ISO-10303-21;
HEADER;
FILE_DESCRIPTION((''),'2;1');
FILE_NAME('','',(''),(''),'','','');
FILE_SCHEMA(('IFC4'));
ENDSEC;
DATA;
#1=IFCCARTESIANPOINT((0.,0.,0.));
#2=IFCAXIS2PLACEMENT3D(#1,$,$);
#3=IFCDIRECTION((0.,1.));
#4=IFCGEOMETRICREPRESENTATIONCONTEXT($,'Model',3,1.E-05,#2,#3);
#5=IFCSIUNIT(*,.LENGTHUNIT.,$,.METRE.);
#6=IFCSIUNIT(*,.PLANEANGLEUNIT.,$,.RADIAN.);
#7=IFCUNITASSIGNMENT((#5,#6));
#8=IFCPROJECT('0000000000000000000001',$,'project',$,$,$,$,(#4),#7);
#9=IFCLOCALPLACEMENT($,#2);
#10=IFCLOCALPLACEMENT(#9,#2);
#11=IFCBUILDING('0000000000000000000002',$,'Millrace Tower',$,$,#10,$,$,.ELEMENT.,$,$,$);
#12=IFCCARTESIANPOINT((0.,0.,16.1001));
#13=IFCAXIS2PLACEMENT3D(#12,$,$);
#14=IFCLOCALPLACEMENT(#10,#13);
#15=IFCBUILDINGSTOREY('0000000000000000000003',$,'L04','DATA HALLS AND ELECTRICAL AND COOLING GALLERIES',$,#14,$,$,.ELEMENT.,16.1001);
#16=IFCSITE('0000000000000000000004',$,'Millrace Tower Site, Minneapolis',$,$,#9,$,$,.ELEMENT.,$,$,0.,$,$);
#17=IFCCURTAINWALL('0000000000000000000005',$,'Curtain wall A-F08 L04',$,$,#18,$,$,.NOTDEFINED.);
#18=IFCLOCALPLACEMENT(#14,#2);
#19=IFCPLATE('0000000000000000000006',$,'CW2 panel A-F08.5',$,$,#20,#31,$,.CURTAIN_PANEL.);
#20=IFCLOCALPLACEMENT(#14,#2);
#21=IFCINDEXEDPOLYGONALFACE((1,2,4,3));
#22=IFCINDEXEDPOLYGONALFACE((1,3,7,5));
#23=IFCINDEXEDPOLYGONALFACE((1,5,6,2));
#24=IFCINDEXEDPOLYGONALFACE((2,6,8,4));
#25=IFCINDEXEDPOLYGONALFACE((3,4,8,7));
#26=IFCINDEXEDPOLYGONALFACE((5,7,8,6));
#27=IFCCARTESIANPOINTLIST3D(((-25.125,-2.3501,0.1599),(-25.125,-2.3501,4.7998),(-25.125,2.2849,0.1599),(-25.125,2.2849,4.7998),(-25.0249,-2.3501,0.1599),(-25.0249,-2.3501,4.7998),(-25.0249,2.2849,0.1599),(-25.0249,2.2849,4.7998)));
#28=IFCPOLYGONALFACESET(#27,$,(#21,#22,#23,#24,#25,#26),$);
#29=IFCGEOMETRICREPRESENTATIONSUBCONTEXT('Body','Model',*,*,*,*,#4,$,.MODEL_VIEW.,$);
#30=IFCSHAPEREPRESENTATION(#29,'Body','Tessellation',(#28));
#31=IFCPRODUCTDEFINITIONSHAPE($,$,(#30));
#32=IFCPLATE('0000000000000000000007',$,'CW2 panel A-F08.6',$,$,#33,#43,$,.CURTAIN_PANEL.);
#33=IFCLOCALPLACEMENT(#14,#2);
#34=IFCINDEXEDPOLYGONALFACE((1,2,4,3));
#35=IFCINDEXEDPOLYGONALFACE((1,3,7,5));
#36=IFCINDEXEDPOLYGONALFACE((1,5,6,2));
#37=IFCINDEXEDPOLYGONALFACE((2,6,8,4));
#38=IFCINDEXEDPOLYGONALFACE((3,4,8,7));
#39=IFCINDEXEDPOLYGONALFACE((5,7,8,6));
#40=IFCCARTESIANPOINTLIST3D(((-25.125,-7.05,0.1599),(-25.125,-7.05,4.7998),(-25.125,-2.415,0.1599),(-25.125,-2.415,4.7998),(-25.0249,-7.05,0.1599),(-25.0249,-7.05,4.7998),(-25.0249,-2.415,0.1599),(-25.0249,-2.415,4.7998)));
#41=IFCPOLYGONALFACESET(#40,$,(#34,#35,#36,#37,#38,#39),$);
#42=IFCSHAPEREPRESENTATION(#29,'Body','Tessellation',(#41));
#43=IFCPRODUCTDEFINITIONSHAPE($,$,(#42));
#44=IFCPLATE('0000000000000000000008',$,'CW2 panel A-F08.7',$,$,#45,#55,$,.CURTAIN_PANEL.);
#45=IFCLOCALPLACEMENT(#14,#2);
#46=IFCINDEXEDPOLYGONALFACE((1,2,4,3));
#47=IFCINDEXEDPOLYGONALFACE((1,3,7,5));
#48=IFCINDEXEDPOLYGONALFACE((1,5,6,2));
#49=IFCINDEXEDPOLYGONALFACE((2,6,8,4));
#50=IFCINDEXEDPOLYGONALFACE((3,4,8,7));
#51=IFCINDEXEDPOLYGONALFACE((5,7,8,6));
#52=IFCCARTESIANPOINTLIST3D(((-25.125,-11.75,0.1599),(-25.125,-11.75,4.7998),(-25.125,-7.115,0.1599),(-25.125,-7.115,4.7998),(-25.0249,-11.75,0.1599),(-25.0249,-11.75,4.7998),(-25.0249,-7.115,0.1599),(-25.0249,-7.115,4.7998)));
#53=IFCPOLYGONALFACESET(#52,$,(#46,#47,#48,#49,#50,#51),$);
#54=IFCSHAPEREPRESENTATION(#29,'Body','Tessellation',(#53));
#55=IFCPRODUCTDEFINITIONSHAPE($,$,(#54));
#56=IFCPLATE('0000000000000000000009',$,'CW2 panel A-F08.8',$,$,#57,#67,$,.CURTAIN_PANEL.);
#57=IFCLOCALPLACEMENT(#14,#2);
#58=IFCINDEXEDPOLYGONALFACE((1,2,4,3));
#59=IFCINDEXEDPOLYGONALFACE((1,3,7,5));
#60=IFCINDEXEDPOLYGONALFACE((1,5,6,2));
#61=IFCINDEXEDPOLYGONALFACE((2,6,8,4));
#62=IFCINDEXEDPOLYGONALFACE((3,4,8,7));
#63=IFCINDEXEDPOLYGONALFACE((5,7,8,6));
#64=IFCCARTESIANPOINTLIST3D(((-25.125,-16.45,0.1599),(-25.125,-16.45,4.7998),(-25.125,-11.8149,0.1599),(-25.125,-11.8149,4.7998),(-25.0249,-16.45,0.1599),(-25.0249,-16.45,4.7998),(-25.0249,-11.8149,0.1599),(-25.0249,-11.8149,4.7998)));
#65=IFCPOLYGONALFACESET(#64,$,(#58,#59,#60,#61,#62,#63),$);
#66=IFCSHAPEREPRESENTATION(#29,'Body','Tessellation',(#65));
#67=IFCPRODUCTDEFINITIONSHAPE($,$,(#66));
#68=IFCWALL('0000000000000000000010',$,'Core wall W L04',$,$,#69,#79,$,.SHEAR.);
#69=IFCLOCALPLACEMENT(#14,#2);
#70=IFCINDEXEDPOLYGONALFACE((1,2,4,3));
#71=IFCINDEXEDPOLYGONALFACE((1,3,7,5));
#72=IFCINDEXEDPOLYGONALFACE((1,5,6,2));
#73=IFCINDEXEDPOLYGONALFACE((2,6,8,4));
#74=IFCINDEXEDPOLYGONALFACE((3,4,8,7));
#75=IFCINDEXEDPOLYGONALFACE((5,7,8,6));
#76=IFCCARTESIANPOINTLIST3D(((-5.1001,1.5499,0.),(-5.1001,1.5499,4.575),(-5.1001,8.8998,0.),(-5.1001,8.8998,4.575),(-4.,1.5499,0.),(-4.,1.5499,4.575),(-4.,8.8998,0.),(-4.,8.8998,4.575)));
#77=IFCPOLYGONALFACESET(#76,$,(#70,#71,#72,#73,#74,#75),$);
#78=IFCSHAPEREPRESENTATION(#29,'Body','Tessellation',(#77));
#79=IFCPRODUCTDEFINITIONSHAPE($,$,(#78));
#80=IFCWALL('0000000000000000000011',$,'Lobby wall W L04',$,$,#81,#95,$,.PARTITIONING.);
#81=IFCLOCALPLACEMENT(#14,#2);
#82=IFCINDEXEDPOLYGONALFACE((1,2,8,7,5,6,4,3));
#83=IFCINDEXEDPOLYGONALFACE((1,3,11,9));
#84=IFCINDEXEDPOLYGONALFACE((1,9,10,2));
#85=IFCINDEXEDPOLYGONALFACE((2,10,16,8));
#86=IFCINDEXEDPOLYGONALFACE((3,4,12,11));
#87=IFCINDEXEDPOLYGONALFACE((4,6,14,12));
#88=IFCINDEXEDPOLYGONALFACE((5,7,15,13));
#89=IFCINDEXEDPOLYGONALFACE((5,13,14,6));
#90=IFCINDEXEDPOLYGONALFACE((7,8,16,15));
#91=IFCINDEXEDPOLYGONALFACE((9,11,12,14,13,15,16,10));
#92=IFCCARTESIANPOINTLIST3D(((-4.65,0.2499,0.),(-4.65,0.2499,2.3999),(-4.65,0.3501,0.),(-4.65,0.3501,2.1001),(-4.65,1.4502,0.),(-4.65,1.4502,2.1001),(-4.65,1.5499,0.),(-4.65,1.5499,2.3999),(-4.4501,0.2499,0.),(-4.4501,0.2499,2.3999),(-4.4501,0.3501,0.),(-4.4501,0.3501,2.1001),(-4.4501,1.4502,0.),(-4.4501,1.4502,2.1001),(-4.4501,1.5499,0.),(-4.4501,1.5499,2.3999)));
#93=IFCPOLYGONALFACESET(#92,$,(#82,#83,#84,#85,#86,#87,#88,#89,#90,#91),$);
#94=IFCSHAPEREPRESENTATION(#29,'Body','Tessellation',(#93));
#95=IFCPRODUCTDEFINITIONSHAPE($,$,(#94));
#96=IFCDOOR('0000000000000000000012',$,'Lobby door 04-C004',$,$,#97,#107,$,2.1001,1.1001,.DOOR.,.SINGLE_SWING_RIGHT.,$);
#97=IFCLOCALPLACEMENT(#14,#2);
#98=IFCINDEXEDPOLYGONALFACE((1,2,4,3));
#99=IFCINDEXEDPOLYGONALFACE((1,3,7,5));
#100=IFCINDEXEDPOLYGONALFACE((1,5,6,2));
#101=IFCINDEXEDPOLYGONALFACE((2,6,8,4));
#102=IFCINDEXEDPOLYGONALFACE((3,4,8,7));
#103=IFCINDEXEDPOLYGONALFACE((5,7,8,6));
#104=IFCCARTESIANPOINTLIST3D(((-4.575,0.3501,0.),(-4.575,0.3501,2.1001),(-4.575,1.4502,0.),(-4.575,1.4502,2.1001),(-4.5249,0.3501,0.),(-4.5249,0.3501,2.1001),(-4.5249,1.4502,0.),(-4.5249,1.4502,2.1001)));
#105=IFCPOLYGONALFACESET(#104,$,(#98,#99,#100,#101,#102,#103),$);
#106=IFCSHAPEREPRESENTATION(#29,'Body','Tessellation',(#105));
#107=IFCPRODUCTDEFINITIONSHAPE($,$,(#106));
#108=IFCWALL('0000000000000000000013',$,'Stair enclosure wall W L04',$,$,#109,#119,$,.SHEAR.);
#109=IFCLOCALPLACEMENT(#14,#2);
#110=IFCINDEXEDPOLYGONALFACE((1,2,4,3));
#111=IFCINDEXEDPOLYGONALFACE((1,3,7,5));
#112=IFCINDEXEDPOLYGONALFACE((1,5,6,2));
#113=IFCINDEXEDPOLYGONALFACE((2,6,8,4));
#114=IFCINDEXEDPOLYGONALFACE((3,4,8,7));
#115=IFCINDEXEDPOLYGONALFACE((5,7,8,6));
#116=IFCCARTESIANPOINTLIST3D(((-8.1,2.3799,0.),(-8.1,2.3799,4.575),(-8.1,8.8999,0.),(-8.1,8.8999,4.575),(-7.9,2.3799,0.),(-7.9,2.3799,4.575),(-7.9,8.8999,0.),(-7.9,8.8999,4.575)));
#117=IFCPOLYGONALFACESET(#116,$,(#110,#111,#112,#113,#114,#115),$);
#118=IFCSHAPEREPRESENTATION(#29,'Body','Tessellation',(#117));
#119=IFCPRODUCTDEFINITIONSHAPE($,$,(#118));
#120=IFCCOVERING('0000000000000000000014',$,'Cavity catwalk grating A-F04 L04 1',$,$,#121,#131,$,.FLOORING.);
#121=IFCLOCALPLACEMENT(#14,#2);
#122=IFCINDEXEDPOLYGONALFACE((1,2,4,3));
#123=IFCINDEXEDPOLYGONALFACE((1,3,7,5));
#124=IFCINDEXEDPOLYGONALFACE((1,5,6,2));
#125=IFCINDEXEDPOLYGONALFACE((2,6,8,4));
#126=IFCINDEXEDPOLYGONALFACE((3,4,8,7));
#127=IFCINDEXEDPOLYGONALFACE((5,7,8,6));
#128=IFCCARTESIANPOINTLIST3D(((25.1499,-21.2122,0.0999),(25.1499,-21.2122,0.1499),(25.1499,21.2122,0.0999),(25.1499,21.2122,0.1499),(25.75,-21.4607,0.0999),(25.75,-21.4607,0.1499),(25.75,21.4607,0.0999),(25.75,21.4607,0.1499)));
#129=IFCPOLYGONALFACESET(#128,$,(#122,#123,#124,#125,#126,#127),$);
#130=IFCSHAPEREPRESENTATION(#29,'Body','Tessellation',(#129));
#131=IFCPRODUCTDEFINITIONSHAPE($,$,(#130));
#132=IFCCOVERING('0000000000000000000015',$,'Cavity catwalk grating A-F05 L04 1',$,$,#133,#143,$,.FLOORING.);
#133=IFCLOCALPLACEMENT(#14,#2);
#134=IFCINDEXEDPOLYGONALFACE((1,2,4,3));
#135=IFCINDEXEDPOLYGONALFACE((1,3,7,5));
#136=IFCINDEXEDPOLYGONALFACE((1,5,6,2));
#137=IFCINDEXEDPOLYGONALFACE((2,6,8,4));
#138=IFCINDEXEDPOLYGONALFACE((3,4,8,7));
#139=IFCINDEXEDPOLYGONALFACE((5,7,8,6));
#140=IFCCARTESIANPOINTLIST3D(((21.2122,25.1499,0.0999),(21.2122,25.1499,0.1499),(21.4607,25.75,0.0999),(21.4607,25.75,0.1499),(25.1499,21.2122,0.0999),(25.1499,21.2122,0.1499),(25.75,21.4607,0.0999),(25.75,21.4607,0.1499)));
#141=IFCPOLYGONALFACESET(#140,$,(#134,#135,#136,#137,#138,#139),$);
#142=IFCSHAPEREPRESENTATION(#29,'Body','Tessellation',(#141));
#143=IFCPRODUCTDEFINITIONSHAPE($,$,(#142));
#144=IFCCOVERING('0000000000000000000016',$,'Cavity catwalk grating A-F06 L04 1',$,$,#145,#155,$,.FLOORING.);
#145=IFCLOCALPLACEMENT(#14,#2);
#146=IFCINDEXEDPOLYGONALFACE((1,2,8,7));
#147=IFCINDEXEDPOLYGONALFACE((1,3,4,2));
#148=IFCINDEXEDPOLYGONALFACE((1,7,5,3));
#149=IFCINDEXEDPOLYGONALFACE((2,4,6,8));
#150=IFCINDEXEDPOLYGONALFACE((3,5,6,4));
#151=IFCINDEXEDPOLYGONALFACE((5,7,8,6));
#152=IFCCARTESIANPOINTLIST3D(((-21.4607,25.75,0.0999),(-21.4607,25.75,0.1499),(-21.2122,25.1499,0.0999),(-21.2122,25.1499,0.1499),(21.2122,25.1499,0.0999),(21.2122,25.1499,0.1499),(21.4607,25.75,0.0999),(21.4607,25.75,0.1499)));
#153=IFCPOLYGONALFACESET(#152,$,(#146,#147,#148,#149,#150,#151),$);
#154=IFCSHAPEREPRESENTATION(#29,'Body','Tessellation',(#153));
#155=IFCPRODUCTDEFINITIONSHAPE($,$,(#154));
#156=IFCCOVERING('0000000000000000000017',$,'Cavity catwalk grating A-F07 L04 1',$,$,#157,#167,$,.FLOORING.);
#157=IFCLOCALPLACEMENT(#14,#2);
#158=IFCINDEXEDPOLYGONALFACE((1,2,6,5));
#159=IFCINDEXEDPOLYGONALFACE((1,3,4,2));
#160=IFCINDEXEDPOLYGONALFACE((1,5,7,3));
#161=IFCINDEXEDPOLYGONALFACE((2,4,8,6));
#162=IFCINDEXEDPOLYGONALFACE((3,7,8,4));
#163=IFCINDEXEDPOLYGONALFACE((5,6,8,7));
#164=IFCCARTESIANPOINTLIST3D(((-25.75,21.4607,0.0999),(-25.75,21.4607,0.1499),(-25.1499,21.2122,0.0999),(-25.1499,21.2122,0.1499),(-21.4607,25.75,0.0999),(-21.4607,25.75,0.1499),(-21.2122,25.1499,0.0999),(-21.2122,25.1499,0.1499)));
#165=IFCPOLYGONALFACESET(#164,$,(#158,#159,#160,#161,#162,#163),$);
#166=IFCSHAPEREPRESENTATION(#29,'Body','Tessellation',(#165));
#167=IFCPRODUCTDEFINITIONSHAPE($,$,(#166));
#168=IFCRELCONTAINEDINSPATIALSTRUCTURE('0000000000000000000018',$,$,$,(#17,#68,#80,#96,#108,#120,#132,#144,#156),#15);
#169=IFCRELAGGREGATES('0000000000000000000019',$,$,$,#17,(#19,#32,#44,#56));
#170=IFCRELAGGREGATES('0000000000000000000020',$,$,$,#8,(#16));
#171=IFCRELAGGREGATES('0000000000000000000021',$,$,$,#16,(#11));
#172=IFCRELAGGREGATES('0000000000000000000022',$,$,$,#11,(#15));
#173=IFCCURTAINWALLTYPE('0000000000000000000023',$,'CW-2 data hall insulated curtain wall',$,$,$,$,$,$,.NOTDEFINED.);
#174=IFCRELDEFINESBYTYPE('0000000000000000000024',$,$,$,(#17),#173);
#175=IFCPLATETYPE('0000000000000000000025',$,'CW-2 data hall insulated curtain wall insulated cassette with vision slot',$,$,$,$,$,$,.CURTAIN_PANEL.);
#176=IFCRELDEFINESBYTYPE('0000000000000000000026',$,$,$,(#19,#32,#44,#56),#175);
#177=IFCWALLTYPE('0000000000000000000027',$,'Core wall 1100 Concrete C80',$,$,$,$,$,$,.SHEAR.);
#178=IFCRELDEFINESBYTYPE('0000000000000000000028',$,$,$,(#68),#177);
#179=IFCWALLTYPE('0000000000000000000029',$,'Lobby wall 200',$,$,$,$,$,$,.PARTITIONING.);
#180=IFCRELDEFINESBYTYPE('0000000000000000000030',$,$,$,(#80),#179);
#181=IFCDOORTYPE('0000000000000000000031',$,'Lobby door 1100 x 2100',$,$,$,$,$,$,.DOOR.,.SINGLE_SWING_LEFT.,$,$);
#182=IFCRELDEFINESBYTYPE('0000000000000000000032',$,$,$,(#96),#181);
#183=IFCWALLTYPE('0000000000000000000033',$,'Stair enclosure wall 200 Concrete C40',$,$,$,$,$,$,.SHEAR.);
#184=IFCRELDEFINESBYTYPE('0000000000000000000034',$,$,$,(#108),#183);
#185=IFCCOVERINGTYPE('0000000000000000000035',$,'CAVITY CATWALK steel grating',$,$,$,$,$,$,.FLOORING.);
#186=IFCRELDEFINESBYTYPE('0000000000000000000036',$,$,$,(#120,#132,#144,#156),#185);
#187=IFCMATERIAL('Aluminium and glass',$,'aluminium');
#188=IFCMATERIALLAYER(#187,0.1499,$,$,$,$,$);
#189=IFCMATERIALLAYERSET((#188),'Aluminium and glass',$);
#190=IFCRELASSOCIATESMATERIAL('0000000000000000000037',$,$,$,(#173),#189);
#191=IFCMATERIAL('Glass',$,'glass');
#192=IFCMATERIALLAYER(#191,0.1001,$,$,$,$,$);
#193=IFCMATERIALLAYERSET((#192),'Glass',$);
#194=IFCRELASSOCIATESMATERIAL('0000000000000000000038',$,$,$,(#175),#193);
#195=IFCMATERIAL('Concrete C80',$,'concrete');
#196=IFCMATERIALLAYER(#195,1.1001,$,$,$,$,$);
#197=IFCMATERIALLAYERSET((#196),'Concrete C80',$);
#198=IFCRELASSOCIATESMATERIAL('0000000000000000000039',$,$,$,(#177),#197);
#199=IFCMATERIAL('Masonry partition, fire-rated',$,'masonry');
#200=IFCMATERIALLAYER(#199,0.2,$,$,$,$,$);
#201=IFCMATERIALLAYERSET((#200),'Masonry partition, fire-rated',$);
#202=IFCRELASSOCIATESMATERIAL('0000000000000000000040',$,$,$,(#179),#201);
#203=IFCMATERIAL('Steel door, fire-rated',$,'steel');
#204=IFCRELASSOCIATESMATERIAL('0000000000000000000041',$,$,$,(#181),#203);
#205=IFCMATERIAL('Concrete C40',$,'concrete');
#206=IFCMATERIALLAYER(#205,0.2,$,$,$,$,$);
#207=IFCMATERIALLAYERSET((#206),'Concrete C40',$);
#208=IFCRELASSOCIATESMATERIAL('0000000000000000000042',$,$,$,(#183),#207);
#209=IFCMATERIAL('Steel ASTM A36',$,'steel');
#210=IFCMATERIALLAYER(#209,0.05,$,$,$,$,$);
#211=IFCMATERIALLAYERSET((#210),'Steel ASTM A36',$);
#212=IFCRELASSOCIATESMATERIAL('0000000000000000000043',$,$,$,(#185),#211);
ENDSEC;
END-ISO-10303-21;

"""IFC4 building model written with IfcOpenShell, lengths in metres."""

from ifc_helpers import new_model, si_unit, direction, frame, frame_2d, origin, place, context, subcontext, project, spatial, polyline, rectangle, outline, extrude, material, layer, layer_set, type_object, element, fill, aggregate, save


model = new_model("IFC4")

# Units and contexts
model_context = context("Model", 3, precision=1e-05, world=origin(), true_north=direction((0.0, 1.0)))
body_context = subcontext(model_context, "Body", "Model", "MODEL_VIEW")
ifc_project = project(units=[si_unit("LENGTHUNIT", "METRE"), si_unit("PLANEANGLEUNIT", "RADIAN")], contexts=[model_context])

# Site, building, storey
site_placement = place(None, origin())
site = spatial("IfcSite", under=ifc_project, at=site_placement, Name="Millrace Tower Site, Minneapolis", CompositionType="ELEMENT", RefElevation=0.0)
building_placement = place(site_placement, origin())
building = spatial("IfcBuilding", under=site, at=building_placement, Name="Millrace Tower", CompositionType="ELEMENT")
storey_placement = place(building_placement, frame((0.0, 0.0, 16.1001)))
storey = spatial("IfcBuildingStorey", under=building, at=storey_placement, Name="L04", Description="DATA HALLS AND ELECTRICAL AND COOLING GALLERIES", CompositionType="ELEMENT", Elevation=16.1001)

# Shared definitions
ifc_material_1 = material(Name="Aluminium and glass", Category="aluminium")
ifc_layer_1 = layer(ifc_material_1, 0.1499)
ifc_layer_set_1 = layer_set([ifc_layer_1], Name="Aluminium and glass")
curtain_wall_type = type_object("IfcCurtainWallType", Name="CW-2 data hall insulated curtain wall", PredefinedType="NOTDEFINED", material=ifc_layer_set_1)
placement_1 = place(storey_placement, origin())
ifc_material_2 = material(Name="Glass", Category="glass")
ifc_layer_2 = layer(ifc_material_2, 0.1001)
ifc_layer_set_2 = layer_set([ifc_layer_2], Name="Glass")
plate_type = type_object("IfcPlateType", Name="CW-2 data hall insulated curtain wall insulated cassette with vision slot", PredefinedType="CURTAIN_PANEL", material=ifc_layer_set_2)
placement_2 = place(storey_placement, frame((0.0, 0.0, 0.1599)))

# Curtain wall, plates
curtain_wall_1 = element("IfcCurtainWall", 1, at=placement_1, inside=storey, type_object=curtain_wall_type, Name="Curtain wall A-F08 L04", PredefinedType="NOTDEFINED")
plate_1 = element("IfcPlate", 2, at=placement_2, type_object=plate_type, Name="CW2 panel A-F08.5", PredefinedType="CURTAIN_PANEL", context=body_context, shape_type="SweptSolid", body=[
    extrude(outline(polyline([(-25.125, 2.2849), (-25.125, -2.3501), (-25.0249, -2.3501), (-25.0249, 2.2849), (-25.125, 2.2849)])), origin(), (0.0, 0.0, 1.0), 4.6399),
])
plate_2 = element("IfcPlate", 3, at=placement_2, type_object=plate_type, Name="CW2 panel A-F08.6", PredefinedType="CURTAIN_PANEL", context=body_context, shape_type="SweptSolid", body=[
    extrude(outline(polyline([(-25.125, -2.415), (-25.125, -7.05), (-25.0249, -7.05), (-25.0249, -2.415), (-25.125, -2.415)])), origin(), (0.0, 0.0, 1.0), 4.6399),
])
plate_3 = element("IfcPlate", 4, at=placement_2, type_object=plate_type, Name="CW2 panel A-F08.7", PredefinedType="CURTAIN_PANEL", context=body_context, shape_type="SweptSolid", body=[
    extrude(outline(polyline([(-25.125, -7.115), (-25.125, -11.75), (-25.0249, -11.75), (-25.0249, -7.115), (-25.125, -7.115)])), origin(), (0.0, 0.0, 1.0), 4.6399),
])
plate_4 = element("IfcPlate", 5, at=placement_2, type_object=plate_type, Name="CW2 panel A-F08.8", PredefinedType="CURTAIN_PANEL", context=body_context, shape_type="SweptSolid", body=[
    extrude(outline(polyline([(-25.125, -11.8149), (-25.125, -16.45), (-25.0249, -16.45), (-25.0249, -11.8149), (-25.125, -11.8149)])), origin(), (0.0, 0.0, 1.0), 4.6399),
])
aggregate(curtain_wall_1, [plate_1, plate_2, plate_3, plate_4])

# Wall
ifc_material_3 = material(Name="Concrete C80", Category="concrete")
ifc_layer_3 = layer(ifc_material_3, 1.1001)
ifc_layer_set_3 = layer_set([ifc_layer_3], Name="Concrete C80")
wall_type_1 = type_object("IfcWallType", Name="Core wall 1100 Concrete C80", PredefinedType="SHEAR", material=ifc_layer_set_3)
wall_1_placement = place(storey_placement, frame((-4.55, 1.55, 0.0), z_axis=(0.0, 0.0, 1.0), x_axis=(0.0, 1.0, 0.0)))
element("IfcWall", 6, at=wall_1_placement, inside=storey, type_object=wall_type_1, Name="Core wall W L04", PredefinedType="SHEAR", context=body_context, shape_type="SweptSolid", body=[
    extrude(rectangle(XDim=7.3499, YDim=1.1001, at=frame_2d((3.6748, 0.0))), origin(), (0.0, 0.0, 1.0), 4.575),
])

# Wall, opening, door
ifc_material_4 = material(Name="Masonry partition, fire-rated", Category="masonry")
ifc_layer_4 = layer(ifc_material_4, 0.2)
ifc_layer_set_4 = layer_set([ifc_layer_4], Name="Masonry partition, fire-rated")
wall_type_2 = type_object("IfcWallType", Name="Lobby wall 200", PredefinedType="PARTITIONING", material=ifc_layer_set_4)
wall_2_placement = place(storey_placement, frame((-4.55, 0.25, 0.0), z_axis=(0.0, 0.0, 1.0), x_axis=(0.0, 1.0, 0.0)))
wall_2 = element("IfcWall", 7, at=wall_2_placement, inside=storey, type_object=wall_type_2, Name="Lobby wall W L04", PredefinedType="PARTITIONING", context=body_context, shape_type="SweptSolid", body=[
    extrude(rectangle(XDim=1.3, YDim=0.2, at=frame_2d((0.6499, 0.0))), origin(), (0.0, 0.0, 1.0), 2.3999),
])
opening_placement = place(wall_2_placement, frame((0.1001, 0.0, 0.0)))
opening = element("IfcOpeningElement", 8, at=opening_placement, cuts=wall_2, PredefinedType="OPENING", context=body_context, shape_type="SweptSolid", body=[
    extrude(rectangle(XDim=1.1001, YDim=2.1001, at=frame_2d((0.55, 1.05))), frame((0.0, 0.1099, 0.0), z_axis=(0.0, -1.0, 0.0), x_axis=(1.0, 0.0, 0.0)), (0.0, 0.0, 1.0), 0.22),
])
ifc_material_5 = material(Name="Steel door, fire-rated", Category="steel")
door_type = type_object("IfcDoorType", Name="Lobby door 1100 x 2100", OperationType="SINGLE_SWING_LEFT", PredefinedType="DOOR", material=ifc_material_5)
door_placement = place(opening_placement, origin())
door = element("IfcDoor", 9, at=door_placement, inside=storey, type_object=door_type, Name="Lobby door 04-C004", OperationType="SINGLE_SWING_RIGHT", OverallHeight=2.1001, OverallWidth=1.1001, PredefinedType="DOOR", context=body_context, shape_type="SweptSolid", body=[
    extrude(rectangle(XDim=1.1001, YDim=2.1001, at=frame_2d((0.55, 1.05))), frame((0.0, 0.0249, 0.0), z_axis=(0.0, -1.0, 0.0), x_axis=(1.0, 0.0, 0.0)), (0.0, 0.0, 1.0), 0.05),
])
fill(opening, door)

# Wall
ifc_material_6 = material(Name="Concrete C40", Category="concrete")
ifc_layer_5 = layer(ifc_material_6, 0.2)
ifc_layer_set_5 = layer_set([ifc_layer_5], Name="Concrete C40")
wall_type_3 = type_object("IfcWallType", Name="Stair enclosure wall 200 Concrete C40", PredefinedType="SHEAR", material=ifc_layer_set_5)
wall_3_placement = place(storey_placement, frame((-8.0, 2.3799, 0.0), z_axis=(0.0, 0.0, 1.0), x_axis=(0.0, 1.0, 0.0)))
element("IfcWall", 10, at=wall_3_placement, inside=storey, type_object=wall_type_3, Name="Stair enclosure wall W L04", PredefinedType="SHEAR", context=body_context, shape_type="SweptSolid", body=[
    extrude(rectangle(XDim=6.52, YDim=0.2, at=frame_2d((3.26, 0.0))), origin(), (0.0, 0.0, 1.0), 4.575),
])

# Coverings
ifc_material_7 = material(Name="Steel ASTM A36", Category="steel")
ifc_layer_6 = layer(ifc_material_7, 0.05)
ifc_layer_set_6 = layer_set([ifc_layer_6], Name="Steel ASTM A36")
covering_type = type_object("IfcCoveringType", Name="CAVITY CATWALK steel grating", PredefinedType="FLOORING", material=ifc_layer_set_6)
placement_3 = place(storey_placement, frame((0.0, 0.0, 0.0999)))
element("IfcCovering", 11, at=placement_3, inside=storey, type_object=covering_type, Name="Cavity catwalk grating A-F04 L04 1", PredefinedType="FLOORING", context=body_context, shape_type="SweptSolid", body=[
    extrude(outline(polyline([(25.75, -21.4607), (25.75, 21.4607), (25.1499, 21.2122), (25.1499, -21.2122), (25.75, -21.4607)])), origin(), (0.0, 0.0, 1.0), 0.05),
])
element("IfcCovering", 12, at=placement_3, inside=storey, type_object=covering_type, Name="Cavity catwalk grating A-F05 L04 1", PredefinedType="FLOORING", context=body_context, shape_type="SweptSolid", body=[
    extrude(outline(polyline([(25.75, 21.4607), (21.4607, 25.75), (21.2122, 25.1499), (25.1499, 21.2122), (25.75, 21.4607)])), origin(), (0.0, 0.0, 1.0), 0.05),
])
element("IfcCovering", 13, at=placement_3, inside=storey, type_object=covering_type, Name="Cavity catwalk grating A-F06 L04 1", PredefinedType="FLOORING", context=body_context, shape_type="SweptSolid", body=[
    extrude(outline(polyline([(21.4607, 25.75), (-21.4607, 25.75), (-21.2122, 25.1499), (21.2122, 25.1499), (21.4607, 25.75)])), origin(), (0.0, 0.0, 1.0), 0.05),
])
element("IfcCovering", 14, at=placement_3, inside=storey, type_object=covering_type, Name="Cavity catwalk grating A-F07 L04 1", PredefinedType="FLOORING", context=body_context, shape_type="SweptSolid", body=[
    extrude(outline(polyline([(-21.4607, 25.75), (-25.75, 21.4607), (-25.1499, 21.2122), (-21.2122, 25.1499), (-21.4607, 25.75)])), origin(), (0.0, 0.0, 1.0), 0.05),
])

save(model, "model.ifc")
